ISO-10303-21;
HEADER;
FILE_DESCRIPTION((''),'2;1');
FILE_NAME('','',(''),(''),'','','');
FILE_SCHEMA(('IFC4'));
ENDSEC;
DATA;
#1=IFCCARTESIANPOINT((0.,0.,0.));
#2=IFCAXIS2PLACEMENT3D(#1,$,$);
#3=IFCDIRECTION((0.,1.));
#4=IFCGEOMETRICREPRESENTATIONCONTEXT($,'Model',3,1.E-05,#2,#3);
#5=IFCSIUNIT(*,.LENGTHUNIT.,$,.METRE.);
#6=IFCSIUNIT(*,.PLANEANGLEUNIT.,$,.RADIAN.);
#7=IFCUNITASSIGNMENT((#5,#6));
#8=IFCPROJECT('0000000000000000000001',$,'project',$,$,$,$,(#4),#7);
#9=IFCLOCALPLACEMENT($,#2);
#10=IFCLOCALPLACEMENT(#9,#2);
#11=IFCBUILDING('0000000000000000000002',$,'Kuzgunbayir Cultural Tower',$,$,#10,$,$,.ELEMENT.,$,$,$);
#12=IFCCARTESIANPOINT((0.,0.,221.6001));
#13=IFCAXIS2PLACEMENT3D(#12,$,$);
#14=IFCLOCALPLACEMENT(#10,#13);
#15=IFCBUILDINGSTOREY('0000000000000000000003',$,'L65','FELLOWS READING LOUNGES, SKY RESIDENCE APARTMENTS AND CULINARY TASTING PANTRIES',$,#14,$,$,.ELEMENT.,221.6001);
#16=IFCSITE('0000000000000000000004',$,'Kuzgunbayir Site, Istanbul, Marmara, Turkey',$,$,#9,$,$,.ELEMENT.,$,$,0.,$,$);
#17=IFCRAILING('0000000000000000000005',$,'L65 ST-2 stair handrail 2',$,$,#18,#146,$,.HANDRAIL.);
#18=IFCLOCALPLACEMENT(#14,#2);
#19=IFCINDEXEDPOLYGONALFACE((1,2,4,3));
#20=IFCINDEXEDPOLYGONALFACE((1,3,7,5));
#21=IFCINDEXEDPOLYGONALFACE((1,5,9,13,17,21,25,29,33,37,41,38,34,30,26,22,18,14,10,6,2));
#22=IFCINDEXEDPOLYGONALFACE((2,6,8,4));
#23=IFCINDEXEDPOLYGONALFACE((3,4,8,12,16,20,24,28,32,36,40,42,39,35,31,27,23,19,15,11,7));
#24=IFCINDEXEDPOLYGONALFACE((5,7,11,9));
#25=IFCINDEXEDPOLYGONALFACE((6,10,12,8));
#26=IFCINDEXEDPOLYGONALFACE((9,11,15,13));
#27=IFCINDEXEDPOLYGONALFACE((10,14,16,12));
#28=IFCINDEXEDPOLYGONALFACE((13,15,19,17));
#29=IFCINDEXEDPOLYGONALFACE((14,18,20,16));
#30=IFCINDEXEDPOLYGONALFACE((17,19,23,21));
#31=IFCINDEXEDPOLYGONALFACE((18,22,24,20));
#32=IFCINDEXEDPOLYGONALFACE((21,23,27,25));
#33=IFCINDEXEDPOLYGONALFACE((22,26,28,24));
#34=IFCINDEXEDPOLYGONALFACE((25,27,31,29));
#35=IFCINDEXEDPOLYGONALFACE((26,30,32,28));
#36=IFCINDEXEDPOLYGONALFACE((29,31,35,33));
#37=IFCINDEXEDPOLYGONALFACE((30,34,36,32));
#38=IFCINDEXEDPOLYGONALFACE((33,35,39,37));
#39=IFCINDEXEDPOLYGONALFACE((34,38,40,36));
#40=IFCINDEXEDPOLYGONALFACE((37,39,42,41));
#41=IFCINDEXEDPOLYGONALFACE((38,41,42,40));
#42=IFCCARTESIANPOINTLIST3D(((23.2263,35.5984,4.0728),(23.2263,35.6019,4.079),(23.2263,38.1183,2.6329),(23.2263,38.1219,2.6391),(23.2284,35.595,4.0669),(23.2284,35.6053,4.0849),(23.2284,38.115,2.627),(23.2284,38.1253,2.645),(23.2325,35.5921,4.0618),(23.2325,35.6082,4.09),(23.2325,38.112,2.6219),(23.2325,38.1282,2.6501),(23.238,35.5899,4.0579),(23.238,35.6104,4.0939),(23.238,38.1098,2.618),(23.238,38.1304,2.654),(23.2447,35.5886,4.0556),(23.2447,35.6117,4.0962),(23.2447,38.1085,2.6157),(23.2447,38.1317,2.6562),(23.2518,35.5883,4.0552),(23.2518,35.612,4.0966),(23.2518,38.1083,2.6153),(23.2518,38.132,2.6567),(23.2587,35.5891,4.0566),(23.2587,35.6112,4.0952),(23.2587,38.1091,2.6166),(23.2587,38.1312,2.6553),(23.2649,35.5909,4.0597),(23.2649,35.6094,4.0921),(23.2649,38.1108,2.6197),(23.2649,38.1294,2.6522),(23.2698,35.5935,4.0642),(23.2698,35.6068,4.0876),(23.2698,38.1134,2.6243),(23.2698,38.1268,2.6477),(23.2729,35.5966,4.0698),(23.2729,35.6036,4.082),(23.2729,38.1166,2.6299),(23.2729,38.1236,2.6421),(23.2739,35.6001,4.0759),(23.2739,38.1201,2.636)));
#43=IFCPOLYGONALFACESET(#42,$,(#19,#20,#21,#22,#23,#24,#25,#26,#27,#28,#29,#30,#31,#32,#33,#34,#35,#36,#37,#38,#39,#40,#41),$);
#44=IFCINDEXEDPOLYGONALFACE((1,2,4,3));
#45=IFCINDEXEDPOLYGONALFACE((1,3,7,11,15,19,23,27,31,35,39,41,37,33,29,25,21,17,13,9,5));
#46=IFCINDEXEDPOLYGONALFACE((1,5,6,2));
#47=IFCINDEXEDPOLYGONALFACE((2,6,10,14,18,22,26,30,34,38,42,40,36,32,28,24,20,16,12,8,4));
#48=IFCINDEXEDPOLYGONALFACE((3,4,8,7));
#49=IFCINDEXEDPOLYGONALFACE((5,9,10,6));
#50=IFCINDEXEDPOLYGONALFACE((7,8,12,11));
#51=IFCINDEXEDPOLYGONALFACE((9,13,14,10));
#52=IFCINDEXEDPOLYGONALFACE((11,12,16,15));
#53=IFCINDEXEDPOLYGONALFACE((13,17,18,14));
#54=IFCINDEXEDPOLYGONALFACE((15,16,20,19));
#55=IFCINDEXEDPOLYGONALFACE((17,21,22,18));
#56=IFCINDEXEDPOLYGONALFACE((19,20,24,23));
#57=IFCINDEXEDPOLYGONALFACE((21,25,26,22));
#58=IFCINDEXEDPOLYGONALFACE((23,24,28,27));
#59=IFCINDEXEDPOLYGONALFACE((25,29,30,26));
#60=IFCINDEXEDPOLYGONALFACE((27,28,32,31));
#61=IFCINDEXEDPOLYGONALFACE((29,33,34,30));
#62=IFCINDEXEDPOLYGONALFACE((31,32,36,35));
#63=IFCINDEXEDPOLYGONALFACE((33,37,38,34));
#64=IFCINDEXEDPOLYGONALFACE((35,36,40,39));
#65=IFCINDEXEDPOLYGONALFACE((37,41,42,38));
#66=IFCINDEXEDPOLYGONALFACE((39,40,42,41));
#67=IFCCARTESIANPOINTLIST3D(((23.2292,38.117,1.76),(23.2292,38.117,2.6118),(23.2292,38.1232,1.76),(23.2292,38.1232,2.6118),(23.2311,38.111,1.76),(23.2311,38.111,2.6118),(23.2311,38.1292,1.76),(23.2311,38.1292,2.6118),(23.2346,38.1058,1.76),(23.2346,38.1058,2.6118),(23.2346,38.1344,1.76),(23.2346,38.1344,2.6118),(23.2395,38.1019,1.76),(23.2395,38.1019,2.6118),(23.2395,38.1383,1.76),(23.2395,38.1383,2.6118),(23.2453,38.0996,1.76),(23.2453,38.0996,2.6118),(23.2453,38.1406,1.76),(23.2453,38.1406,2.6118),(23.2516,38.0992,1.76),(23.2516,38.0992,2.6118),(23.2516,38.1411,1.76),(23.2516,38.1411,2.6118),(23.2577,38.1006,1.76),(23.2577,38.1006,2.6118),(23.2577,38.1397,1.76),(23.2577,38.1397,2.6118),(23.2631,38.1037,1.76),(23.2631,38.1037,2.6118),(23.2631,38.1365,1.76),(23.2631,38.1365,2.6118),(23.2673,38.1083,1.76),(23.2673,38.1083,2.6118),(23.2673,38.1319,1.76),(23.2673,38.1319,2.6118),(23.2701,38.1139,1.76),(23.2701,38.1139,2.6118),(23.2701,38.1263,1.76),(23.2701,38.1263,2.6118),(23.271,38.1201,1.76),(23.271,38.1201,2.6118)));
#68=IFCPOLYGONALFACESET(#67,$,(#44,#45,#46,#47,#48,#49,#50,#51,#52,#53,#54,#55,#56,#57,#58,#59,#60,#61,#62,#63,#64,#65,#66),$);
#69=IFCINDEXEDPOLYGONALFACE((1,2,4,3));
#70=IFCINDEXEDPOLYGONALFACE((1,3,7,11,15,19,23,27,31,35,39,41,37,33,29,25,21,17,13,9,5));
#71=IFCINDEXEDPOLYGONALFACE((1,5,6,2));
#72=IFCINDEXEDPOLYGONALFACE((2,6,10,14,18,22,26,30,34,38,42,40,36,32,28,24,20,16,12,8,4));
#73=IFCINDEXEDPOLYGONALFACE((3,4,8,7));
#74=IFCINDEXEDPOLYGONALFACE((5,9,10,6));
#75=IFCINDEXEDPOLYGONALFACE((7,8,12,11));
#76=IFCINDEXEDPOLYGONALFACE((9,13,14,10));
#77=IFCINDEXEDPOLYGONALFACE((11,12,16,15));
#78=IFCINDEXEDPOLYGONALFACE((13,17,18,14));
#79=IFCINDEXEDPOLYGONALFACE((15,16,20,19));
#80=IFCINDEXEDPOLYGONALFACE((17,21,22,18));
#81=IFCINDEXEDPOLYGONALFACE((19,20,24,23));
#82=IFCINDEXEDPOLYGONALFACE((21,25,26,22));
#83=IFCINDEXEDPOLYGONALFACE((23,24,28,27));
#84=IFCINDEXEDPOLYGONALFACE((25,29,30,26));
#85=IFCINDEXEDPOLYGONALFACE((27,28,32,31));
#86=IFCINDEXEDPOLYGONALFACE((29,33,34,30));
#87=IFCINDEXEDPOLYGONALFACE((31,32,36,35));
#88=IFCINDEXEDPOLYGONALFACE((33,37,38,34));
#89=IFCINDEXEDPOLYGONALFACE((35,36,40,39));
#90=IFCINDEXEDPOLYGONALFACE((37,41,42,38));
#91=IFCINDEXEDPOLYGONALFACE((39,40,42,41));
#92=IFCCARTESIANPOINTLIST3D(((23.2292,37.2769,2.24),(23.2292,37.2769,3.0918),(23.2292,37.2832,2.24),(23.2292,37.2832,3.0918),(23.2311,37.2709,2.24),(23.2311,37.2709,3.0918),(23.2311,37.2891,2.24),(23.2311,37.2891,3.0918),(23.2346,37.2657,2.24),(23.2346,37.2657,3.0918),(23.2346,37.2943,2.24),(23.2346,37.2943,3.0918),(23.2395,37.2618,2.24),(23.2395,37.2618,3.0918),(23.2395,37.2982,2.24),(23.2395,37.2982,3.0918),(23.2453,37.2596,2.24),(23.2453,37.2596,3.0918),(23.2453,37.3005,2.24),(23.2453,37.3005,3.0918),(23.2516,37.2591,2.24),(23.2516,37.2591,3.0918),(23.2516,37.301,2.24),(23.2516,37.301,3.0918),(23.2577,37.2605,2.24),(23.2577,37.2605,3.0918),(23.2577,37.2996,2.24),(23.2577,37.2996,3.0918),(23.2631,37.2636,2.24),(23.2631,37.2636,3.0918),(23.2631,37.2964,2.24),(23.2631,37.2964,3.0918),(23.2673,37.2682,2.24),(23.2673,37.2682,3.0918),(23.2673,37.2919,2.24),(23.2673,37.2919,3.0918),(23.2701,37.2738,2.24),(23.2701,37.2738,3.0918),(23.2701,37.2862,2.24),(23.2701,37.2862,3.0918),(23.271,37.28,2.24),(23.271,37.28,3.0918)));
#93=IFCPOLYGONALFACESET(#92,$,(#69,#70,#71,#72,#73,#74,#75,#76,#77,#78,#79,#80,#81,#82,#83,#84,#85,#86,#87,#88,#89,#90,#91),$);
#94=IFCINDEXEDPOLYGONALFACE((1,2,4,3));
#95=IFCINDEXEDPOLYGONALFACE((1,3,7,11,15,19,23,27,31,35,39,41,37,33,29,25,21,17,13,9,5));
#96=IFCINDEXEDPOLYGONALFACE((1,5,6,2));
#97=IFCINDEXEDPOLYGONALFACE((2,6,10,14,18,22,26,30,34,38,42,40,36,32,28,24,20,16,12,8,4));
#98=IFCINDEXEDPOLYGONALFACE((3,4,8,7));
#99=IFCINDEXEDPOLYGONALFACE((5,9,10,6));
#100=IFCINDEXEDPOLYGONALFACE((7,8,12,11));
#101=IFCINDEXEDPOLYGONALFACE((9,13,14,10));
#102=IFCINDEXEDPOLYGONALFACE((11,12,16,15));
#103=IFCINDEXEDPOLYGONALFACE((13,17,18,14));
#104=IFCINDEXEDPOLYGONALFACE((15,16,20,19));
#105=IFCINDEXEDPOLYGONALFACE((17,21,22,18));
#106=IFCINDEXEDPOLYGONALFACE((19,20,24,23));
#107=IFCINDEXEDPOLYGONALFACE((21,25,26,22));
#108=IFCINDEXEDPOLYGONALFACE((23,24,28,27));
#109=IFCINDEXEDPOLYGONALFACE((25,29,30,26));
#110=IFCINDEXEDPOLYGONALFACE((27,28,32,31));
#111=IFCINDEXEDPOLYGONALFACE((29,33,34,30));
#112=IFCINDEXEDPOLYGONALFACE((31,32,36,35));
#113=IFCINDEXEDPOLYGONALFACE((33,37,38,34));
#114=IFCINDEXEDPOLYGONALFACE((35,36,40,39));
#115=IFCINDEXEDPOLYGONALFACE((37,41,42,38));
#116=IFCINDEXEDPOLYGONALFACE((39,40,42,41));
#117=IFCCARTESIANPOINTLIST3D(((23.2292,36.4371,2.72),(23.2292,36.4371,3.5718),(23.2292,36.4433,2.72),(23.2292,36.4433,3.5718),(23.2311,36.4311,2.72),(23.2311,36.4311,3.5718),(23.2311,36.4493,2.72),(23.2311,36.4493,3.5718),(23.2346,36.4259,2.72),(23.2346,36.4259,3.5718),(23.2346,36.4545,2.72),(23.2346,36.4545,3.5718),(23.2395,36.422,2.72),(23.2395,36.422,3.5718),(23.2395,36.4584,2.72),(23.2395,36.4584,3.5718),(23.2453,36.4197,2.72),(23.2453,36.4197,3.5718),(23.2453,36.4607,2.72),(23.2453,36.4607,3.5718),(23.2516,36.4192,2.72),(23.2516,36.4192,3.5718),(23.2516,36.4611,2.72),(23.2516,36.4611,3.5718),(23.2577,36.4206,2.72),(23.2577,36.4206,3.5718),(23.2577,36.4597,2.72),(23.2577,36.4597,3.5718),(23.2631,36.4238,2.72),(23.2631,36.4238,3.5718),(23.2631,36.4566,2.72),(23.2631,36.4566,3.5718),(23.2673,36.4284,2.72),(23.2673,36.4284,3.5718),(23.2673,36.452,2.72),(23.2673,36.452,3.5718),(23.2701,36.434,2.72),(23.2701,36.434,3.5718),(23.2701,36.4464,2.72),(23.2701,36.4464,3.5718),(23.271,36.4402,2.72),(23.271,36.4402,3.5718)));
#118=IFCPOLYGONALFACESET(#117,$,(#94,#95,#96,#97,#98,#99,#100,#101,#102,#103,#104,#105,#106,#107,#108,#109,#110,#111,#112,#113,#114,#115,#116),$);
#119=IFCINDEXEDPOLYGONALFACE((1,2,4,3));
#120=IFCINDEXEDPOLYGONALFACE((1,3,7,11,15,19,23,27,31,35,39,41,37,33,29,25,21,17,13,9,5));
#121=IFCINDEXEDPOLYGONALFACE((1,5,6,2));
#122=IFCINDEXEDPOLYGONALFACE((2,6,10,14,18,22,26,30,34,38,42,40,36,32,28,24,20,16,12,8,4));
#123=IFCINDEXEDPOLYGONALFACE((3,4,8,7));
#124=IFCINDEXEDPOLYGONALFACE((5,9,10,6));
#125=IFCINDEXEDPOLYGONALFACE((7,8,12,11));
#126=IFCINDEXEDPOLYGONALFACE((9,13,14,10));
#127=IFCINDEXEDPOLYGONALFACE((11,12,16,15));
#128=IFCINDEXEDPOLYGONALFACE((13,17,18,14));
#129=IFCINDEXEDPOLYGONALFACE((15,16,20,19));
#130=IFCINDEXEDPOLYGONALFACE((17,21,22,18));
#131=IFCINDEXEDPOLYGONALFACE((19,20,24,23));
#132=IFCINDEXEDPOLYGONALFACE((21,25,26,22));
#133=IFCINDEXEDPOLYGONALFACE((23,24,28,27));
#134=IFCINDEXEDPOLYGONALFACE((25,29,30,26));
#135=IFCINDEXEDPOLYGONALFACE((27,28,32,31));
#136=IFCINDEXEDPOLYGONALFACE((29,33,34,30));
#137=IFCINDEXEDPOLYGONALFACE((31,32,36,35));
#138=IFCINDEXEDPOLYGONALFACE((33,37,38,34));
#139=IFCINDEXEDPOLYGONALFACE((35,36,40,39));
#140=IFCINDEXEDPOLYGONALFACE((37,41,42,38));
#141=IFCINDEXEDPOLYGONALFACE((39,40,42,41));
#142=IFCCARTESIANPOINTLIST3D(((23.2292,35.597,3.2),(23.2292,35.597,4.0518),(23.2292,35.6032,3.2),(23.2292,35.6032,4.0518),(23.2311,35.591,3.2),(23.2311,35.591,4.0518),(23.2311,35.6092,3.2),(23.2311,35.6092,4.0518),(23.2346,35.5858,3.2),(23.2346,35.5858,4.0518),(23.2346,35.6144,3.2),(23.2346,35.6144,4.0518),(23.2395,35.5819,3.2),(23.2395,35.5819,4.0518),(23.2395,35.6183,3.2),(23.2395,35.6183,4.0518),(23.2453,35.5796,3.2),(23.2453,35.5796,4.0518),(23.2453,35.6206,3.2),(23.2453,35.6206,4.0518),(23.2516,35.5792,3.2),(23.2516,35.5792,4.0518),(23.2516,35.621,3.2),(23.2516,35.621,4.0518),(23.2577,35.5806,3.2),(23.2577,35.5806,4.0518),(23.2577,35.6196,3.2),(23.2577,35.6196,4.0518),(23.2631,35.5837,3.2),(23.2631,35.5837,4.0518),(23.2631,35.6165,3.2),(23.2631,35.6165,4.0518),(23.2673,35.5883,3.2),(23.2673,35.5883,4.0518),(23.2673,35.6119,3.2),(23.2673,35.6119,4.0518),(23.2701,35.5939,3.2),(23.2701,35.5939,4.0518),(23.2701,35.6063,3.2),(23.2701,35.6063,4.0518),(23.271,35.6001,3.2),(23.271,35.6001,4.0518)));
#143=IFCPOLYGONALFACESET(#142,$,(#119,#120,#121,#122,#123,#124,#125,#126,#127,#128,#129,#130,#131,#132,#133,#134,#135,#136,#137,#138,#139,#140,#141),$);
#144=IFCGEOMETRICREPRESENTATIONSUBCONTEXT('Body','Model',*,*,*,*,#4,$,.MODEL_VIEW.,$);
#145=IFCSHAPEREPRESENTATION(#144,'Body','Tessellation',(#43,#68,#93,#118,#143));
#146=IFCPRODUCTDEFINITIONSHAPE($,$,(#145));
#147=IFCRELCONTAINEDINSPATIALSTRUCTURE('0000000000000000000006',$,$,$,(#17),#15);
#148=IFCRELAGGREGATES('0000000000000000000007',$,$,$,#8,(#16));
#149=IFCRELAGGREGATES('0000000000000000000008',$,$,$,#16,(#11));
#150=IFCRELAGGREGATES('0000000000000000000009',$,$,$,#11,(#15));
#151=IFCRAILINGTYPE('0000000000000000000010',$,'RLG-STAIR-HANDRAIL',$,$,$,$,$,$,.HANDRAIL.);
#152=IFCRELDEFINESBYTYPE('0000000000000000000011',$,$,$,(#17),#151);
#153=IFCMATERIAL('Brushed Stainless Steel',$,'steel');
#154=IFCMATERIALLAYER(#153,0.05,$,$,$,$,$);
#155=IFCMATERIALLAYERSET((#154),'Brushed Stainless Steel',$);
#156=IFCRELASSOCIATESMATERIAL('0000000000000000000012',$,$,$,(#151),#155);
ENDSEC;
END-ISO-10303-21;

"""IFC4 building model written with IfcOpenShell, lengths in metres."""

from ifc_helpers import new_model, si_unit, direction, frame, origin, origin_2d, place, context, subcontext, project, spatial, circle, extrude, material, layer, layer_set, type_object, element, save


model = new_model("IFC4")

# Units and contexts
model_context = context("Model", 3, precision=1e-05, world=origin(), true_north=direction((0.0, 1.0)))
body_context = subcontext(model_context, "Body", "Model", "MODEL_VIEW")
ifc_project = project(units=[si_unit("LENGTHUNIT", "METRE"), si_unit("PLANEANGLEUNIT", "RADIAN")], contexts=[model_context])

# Site, building, storey
site_placement = place(None, origin())
site = spatial("IfcSite", under=ifc_project, at=site_placement, Name="Kuzgunbayir Site, Istanbul, Marmara, Turkey", CompositionType="ELEMENT", RefElevation=0.0)
building_placement = place(site_placement, origin())
building = spatial("IfcBuilding", under=site, at=building_placement, Name="Kuzgunbayir Cultural Tower", CompositionType="ELEMENT")
storey_placement = place(building_placement, frame((0.0, 0.0, 221.6001)))
storey = spatial("IfcBuildingStorey", under=building, at=storey_placement, Name="L65", Description="FELLOWS READING LOUNGES, SKY RESIDENCE APARTMENTS AND CULINARY TASTING PANTRIES", CompositionType="ELEMENT", Elevation=221.6001)

# Shared definitions
ifc_material_1 = material(Name="Brushed Stainless Steel", Category="steel")

# Railing
ifc_layer_1 = layer(ifc_material_1, 0.05)
ifc_layer_set_1 = layer_set([ifc_layer_1], Name="Brushed Stainless Steel")
railing_type_1 = type_object("IfcRailingType", Name="RLG-STAIR-HANDRAIL", PredefinedType="HANDRAIL", material=ifc_layer_set_1)
railing_1_placement = place(storey_placement, frame((23.25, 38.1201, 1.76)))
element("IfcRailing", 1, at=railing_1_placement, inside=storey, type_object=railing_type_1, Name="L65 ST-2 stair handrail 2", PredefinedType="HANDRAIL", context=body_context, shape_type="SweptSolid", body=[
    extrude(circle(Radius=0.0239, at=origin_2d()), frame((0.0, 0.0, 0.876), z_axis=(0.0, -0.868253, 0.496121), x_axis=(1.0, 0.0, 0.0)), (0.0, 0.0, 1.0), 2.9023),
    extrude(circle(Radius=0.021, at=origin_2d()), origin(), (0.0, 0.0, 1.0), 0.8518),
    extrude(circle(Radius=0.021, at=origin_2d()), frame((0.0, -0.8401, 0.48)), (0.0, 0.0, 1.0), 0.8518),
    extrude(circle(Radius=0.021, at=origin_2d()), frame((0.0, -1.6799, 0.96)), (0.0, 0.0, 1.0), 0.8518),
    extrude(circle(Radius=0.021, at=origin_2d()), frame((0.0, -2.52, 1.4399)), (0.0, 0.0, 1.0), 0.8518),
])

save(model, "model.ifc")
